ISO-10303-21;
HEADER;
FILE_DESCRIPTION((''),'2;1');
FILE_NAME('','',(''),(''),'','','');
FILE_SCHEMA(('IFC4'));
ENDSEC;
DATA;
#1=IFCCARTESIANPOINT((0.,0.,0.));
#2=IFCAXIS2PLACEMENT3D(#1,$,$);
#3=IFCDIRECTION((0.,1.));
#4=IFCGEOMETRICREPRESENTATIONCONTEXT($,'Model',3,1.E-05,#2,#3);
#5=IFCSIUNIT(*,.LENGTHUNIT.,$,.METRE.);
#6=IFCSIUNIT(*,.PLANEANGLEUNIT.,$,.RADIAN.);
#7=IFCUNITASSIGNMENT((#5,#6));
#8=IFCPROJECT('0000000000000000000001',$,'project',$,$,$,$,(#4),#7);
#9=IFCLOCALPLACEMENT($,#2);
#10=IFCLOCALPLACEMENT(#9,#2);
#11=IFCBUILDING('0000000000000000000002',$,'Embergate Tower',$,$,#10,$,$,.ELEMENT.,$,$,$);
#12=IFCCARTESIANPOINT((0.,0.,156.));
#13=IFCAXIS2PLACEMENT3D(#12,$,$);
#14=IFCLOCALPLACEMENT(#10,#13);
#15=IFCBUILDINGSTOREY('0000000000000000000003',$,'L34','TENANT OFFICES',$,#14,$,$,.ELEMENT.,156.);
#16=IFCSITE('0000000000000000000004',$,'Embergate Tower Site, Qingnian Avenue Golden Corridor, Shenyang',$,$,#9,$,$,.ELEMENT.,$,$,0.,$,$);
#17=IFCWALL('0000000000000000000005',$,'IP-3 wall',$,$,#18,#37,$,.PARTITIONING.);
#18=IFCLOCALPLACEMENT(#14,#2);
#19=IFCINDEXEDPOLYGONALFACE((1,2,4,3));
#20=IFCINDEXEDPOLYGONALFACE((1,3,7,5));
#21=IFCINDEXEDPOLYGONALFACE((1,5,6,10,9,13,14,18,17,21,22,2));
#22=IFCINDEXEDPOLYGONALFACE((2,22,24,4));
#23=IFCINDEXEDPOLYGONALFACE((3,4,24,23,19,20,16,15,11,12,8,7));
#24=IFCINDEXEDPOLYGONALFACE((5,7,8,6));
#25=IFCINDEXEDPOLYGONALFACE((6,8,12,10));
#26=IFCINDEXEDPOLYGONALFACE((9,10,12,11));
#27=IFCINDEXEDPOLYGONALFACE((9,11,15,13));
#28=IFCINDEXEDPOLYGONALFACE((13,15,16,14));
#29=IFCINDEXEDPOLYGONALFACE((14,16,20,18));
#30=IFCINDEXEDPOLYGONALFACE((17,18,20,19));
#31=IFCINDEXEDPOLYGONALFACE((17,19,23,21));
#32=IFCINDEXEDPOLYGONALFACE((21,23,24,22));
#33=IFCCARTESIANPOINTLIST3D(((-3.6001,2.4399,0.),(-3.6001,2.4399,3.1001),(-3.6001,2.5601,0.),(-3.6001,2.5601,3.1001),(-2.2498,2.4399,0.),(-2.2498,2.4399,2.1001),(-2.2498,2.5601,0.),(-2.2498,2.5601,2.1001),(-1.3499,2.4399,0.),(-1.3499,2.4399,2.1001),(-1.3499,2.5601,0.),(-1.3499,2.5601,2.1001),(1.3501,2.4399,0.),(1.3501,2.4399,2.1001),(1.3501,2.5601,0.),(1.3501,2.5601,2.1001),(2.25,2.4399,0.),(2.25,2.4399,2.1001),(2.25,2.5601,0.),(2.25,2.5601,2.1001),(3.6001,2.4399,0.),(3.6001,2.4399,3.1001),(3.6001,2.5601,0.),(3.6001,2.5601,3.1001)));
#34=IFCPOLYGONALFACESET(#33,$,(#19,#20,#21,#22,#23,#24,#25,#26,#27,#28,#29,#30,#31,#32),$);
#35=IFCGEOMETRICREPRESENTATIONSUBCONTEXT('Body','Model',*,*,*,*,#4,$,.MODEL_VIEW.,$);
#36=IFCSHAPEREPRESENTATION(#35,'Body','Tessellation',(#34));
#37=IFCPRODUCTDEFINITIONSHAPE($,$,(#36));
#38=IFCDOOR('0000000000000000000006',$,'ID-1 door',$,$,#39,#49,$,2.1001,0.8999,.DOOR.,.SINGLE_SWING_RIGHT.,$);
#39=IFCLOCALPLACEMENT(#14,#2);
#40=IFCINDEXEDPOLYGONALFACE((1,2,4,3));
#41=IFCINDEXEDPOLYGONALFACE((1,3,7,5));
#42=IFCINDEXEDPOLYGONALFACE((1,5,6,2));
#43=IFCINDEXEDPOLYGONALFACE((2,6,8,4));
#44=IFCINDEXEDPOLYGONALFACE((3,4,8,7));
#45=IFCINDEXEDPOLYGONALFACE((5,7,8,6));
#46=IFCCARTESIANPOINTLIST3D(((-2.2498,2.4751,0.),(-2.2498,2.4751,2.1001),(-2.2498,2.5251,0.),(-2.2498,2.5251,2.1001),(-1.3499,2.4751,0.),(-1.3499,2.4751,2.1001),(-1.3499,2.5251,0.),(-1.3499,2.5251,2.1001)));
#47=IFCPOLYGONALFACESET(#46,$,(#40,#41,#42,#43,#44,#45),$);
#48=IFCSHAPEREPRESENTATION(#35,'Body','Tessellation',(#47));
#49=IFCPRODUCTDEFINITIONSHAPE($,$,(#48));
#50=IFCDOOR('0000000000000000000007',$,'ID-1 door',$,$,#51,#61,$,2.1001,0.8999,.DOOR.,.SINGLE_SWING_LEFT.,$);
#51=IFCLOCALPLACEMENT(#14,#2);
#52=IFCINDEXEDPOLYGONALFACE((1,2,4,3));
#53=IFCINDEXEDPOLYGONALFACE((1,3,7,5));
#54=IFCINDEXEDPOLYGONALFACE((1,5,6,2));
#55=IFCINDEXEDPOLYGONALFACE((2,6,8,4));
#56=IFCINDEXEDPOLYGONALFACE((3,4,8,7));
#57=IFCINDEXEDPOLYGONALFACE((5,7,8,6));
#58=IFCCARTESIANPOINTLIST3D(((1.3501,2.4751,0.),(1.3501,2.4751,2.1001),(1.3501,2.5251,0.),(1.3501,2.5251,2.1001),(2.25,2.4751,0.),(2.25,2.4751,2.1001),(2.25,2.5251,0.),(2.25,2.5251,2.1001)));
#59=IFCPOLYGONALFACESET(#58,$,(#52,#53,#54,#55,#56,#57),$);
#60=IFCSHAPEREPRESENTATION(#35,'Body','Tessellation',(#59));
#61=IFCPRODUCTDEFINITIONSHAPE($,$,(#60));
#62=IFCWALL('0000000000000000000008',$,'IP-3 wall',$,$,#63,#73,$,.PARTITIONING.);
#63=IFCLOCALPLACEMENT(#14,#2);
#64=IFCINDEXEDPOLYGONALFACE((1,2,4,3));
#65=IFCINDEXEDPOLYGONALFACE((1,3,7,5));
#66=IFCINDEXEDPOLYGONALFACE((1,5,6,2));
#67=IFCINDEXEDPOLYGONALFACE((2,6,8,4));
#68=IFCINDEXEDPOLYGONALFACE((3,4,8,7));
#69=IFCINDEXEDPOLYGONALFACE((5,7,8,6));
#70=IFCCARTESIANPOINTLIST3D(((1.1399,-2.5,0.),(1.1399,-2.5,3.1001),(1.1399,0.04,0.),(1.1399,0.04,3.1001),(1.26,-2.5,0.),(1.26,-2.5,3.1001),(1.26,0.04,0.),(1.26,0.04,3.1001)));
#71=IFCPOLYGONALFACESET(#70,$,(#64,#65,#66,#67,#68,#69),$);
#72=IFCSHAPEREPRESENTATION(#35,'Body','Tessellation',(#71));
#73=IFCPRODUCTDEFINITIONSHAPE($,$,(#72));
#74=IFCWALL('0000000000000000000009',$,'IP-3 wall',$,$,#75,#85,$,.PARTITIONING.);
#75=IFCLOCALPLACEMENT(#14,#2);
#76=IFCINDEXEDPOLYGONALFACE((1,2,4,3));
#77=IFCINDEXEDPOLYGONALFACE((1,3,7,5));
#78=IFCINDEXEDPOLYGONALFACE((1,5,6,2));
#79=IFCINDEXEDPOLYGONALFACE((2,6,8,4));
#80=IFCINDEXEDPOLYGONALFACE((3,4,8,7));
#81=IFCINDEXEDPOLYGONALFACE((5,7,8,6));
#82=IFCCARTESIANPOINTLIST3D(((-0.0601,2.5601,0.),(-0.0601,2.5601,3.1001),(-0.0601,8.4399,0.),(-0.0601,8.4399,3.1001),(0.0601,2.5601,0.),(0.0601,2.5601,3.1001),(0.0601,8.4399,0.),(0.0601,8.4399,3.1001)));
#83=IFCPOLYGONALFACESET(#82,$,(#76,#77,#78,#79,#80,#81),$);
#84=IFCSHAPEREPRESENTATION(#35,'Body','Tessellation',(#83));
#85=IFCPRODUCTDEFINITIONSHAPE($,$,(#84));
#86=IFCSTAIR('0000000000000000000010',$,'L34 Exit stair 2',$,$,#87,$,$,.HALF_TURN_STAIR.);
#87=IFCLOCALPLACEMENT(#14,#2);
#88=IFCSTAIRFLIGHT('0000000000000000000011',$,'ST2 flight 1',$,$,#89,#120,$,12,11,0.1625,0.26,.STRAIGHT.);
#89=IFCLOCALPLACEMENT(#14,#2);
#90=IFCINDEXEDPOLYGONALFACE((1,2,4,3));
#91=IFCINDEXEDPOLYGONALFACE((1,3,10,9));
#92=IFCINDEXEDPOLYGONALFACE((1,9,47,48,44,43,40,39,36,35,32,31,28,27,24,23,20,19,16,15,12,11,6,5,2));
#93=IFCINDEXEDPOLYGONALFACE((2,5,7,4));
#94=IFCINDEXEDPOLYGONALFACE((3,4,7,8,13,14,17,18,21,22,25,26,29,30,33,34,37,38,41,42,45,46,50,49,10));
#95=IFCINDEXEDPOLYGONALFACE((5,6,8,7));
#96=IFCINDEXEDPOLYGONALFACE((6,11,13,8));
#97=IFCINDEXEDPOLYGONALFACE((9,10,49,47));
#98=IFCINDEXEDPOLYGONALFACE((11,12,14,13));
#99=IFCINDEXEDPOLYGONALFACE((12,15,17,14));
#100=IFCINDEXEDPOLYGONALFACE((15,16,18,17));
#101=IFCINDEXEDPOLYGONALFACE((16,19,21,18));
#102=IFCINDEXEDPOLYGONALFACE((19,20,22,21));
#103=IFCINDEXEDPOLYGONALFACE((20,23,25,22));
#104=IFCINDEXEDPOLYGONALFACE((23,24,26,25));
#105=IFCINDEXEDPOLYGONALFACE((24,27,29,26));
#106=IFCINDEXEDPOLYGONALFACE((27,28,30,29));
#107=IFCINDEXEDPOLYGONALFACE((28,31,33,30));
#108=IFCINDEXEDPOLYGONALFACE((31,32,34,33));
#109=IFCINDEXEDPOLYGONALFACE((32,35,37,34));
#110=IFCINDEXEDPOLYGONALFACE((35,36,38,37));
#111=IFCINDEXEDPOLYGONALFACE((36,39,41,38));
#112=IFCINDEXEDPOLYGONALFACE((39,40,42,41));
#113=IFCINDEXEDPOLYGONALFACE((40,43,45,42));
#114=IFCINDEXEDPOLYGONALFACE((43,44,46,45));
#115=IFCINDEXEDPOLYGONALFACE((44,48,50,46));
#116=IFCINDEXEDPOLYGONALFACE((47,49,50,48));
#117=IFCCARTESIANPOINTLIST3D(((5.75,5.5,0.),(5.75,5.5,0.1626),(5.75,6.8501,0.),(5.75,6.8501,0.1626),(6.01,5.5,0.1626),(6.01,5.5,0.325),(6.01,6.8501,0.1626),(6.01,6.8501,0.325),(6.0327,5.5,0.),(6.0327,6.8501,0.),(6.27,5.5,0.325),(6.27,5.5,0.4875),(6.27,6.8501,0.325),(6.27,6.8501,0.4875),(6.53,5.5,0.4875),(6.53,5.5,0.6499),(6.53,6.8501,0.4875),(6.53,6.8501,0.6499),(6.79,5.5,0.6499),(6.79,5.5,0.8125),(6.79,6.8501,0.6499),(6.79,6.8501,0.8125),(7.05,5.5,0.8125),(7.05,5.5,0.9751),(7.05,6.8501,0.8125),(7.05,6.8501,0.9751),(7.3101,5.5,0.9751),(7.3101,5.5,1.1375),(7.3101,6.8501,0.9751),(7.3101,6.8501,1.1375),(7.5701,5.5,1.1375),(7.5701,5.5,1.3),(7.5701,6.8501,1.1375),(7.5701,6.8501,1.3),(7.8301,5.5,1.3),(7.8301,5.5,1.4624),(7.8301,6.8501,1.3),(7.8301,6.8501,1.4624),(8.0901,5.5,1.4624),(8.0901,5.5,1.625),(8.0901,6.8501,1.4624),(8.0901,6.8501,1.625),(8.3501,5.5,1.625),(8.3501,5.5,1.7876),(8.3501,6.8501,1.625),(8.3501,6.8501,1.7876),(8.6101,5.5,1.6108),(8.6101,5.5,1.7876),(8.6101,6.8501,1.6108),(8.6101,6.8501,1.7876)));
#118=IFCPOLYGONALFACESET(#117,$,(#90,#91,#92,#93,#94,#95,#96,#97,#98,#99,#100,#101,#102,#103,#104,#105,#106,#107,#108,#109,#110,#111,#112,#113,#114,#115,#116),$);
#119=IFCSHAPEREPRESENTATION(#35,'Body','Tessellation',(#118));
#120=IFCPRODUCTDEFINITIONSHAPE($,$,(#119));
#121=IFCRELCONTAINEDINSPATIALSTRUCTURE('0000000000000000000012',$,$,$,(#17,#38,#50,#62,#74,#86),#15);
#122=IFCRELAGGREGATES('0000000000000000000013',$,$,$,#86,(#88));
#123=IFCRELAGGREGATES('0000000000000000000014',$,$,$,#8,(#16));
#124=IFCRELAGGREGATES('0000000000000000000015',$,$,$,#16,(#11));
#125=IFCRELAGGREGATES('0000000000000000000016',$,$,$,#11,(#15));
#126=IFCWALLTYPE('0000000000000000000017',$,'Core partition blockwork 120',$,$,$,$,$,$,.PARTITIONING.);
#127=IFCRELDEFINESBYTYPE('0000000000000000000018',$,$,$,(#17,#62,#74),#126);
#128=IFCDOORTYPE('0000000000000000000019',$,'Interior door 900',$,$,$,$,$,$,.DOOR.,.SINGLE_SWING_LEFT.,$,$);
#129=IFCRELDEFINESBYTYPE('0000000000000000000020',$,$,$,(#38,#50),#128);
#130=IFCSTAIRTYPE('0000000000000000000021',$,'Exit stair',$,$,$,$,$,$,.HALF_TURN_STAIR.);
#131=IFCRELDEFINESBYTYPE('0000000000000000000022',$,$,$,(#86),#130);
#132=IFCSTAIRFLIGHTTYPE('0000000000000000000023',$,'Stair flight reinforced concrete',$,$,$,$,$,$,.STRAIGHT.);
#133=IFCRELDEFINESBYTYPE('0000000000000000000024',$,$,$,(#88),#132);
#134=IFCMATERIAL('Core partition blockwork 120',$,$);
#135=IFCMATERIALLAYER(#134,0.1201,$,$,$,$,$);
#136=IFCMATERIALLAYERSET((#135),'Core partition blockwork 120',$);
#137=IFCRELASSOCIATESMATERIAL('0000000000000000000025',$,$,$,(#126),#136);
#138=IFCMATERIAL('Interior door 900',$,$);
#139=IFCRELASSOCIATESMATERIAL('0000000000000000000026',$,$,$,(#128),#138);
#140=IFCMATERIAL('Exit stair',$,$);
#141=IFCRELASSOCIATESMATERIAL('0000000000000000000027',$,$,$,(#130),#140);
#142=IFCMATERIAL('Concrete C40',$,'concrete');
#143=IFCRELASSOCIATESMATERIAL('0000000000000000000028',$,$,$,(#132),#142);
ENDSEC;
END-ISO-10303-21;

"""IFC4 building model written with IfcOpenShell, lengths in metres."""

from ifc_helpers import new_model, si_unit, direction, frame, frame_2d, origin, place, context, subcontext, project, spatial, polyline, rectangle, outline, extrude, source, transform, mapped, material, layer, layer_set, type_object, element, fill, aggregate, save


model = new_model("IFC4")

# Units and contexts
model_context = context("Model", 3, precision=1e-05, world=origin(), true_north=direction((0.0, 1.0)))
body_context = subcontext(model_context, "Body", "Model", "MODEL_VIEW")
ifc_project = project(units=[si_unit("LENGTHUNIT", "METRE"), si_unit("PLANEANGLEUNIT", "RADIAN")], contexts=[model_context])

# Site, building, storey
site_placement = place(None, origin())
site = spatial("IfcSite", under=ifc_project, at=site_placement, Name="Embergate Tower Site, Qingnian Avenue Golden Corridor, Shenyang", CompositionType="ELEMENT", RefElevation=0.0)
building_placement = place(site_placement, origin())
building = spatial("IfcBuilding", under=site, at=building_placement, Name="Embergate Tower", CompositionType="ELEMENT")
storey_placement = place(building_placement, frame((0.0, 0.0, 156.0)))
storey = spatial("IfcBuildingStorey", under=building, at=storey_placement, Name="L34", Description="TENANT OFFICES", CompositionType="ELEMENT", Elevation=156.0)

# Shared definitions
ifc_material_1 = material(Name="Core partition blockwork 120")
ifc_layer_1 = layer(ifc_material_1, 0.1201)
ifc_layer_set_1 = layer_set([ifc_layer_1], Name="Core partition blockwork 120")
wall_type_1 = type_object("IfcWallType", Name="Core partition blockwork 120", PredefinedType="PARTITIONING", material=ifc_layer_set_1)

# Wall, openings, doors
shared_shape_1 = source(origin(), body_context, "Body", "SweptSolid", [
    extrude(rectangle(XDim=7.2002, YDim=0.1201, at=frame_2d((3.6001, 0.0))), origin(), (0.0, 0.0, 1.0), 3.1001),
])
wall_1_placement = place(storey_placement, frame((3.6001, 2.5, 0.0), z_axis=(0.0, 0.0, 1.0), x_axis=(-1.0, 0.0, 0.0)))
wall_1 = element("IfcWall", 1, at=wall_1_placement, inside=storey, type_object=wall_type_1, Name="IP-3 wall", PredefinedType="PARTITIONING", context=body_context, shape_type="MappedRepresentation", body=[
    mapped(shared_shape_1, transform((0.0, 0.0, 0.0))),
])
shared_shape_2 = source(origin(), body_context, "Body", "SweptSolid", [
    extrude(rectangle(XDim=0.8999, YDim=2.1001, at=frame_2d((0.45, 1.05))), frame((0.0, 0.0701, 0.0), z_axis=(0.0, -1.0, 0.0), x_axis=(1.0, 0.0, 0.0)), (0.0, 0.0, 1.0), 0.1401),
])
opening_1_placement = place(wall_1_placement, frame((4.95, 0.0, 0.0)))
opening_1 = element("IfcOpeningElement", 2, at=opening_1_placement, cuts=wall_1, PredefinedType="OPENING", context=body_context, shape_type="MappedRepresentation", body=[
    mapped(shared_shape_2, transform((0.0, 0.0, 0.0))),
])
opening_2_placement = place(wall_1_placement, frame((1.3501, 0.0, 0.0)))
opening_2 = element("IfcOpeningElement", 3, at=opening_2_placement, cuts=wall_1, PredefinedType="OPENING", context=body_context, shape_type="MappedRepresentation", body=[
    mapped(shared_shape_2, transform((0.0, 0.0, 0.0))),
])
ifc_material_2 = material(Name="Interior door 900")
door_type_1 = type_object("IfcDoorType", Name="Interior door 900", OperationType="SINGLE_SWING_LEFT", PredefinedType="DOOR", material=ifc_material_2)
shared_shape_3 = source(origin(), body_context, "Body", "SweptSolid", [
    extrude(rectangle(XDim=0.8999, YDim=2.1001, at=frame_2d((0.45, 1.05))), frame((0.0, 0.0249, 0.0), z_axis=(0.0, -1.0, 0.0), x_axis=(1.0, 0.0, 0.0)), (0.0, 0.0, 1.0), 0.05),
])
door_1_placement = place(opening_1_placement, origin())
door_1 = element("IfcDoor", 4, at=door_1_placement, inside=storey, type_object=door_type_1, Name="ID-1 door", OperationType="SINGLE_SWING_RIGHT", OverallHeight=2.1001, OverallWidth=0.8999, PredefinedType="DOOR", context=body_context, shape_type="MappedRepresentation", body=[
    mapped(shared_shape_3, transform((0.0, 0.0, 0.0))),
])
fill(opening_1, door_1)
door_2_placement = place(opening_2_placement, origin())
door_2 = element("IfcDoor", 5, at=door_2_placement, inside=storey, type_object=door_type_1, Name="ID-1 door", OperationType="SINGLE_SWING_LEFT", OverallHeight=2.1001, OverallWidth=0.8999, PredefinedType="DOOR", context=body_context, shape_type="MappedRepresentation", body=[
    mapped(shared_shape_3, transform((0.0, 0.0, 0.0))),
])
fill(opening_2, door_2)

# Walls
shared_shape_4 = source(origin(), body_context, "Body", "SweptSolid", [
    extrude(rectangle(XDim=2.54, YDim=0.1201, at=frame_2d((1.27, 0.0))), origin(), (0.0, 0.0, 1.0), 3.1001),
])
wall_2_placement = place(storey_placement, frame((1.2, 0.04, 0.0), z_axis=(0.0, 0.0, 1.0), x_axis=(0.0, -1.0, 0.0)))
element("IfcWall", 6, at=wall_2_placement, inside=storey, type_object=wall_type_1, Name="IP-3 wall", PredefinedType="PARTITIONING", context=body_context, shape_type="MappedRepresentation", body=[
    mapped(shared_shape_4, transform((0.0, 0.0, 0.0))),
])
shared_shape_5 = source(origin(), body_context, "Body", "SweptSolid", [
    extrude(rectangle(XDim=5.8799, YDim=0.1201, at=frame_2d((2.9399, 0.0))), origin(), (0.0, 0.0, 1.0), 3.1001),
])
wall_3_placement = place(storey_placement, frame((0.0, 2.5601, 0.0), z_axis=(0.0, 0.0, 1.0), x_axis=(0.0, 1.0, 0.0)))
element("IfcWall", 7, at=wall_3_placement, inside=storey, type_object=wall_type_1, Name="IP-3 wall", PredefinedType="PARTITIONING", context=body_context, shape_type="MappedRepresentation", body=[
    mapped(shared_shape_5, transform((0.0, 0.0, 0.0))),
])

# Stair, stair flight
ifc_material_3 = material(Name="Exit stair")
stair_type = type_object("IfcStairType", Name="Exit stair", PredefinedType="HALF_TURN_STAIR", material=ifc_material_3)
stair_placement = place(storey_placement, origin())
stair = element("IfcStair", 8, at=stair_placement, inside=storey, type_object=stair_type, Name="L34 Exit stair 2", PredefinedType="HALF_TURN_STAIR")
ifc_material_4 = material(Name="Concrete C40", Category="concrete")
stair_flight_type = type_object("IfcStairFlightType", Name="Stair flight reinforced concrete", PredefinedType="STRAIGHT", material=ifc_material_4)
shared_shape_6 = source(origin(), body_context, "Body", "SweptSolid", [
    extrude(outline(polyline([(0.0, 0.0), (0.0, 0.1626), (0.26, 0.1626), (0.26, 0.325), (0.52, 0.325), (0.52, 0.4875), (0.78, 0.4875), (0.78, 0.6499), (1.04, 0.6499), (1.04, 0.8125), (1.3, 0.8125), (1.3, 0.9751), (1.5601, 0.9751), (1.5601, 1.1375), (1.8201, 1.1375), (1.8201, 1.3), (2.0801, 1.3), (2.0801, 1.4624), (2.3401, 1.4624), (2.3401, 1.625), (2.6001, 1.625), (2.6001, 1.7876), (2.8601, 1.7876), (2.8601, 1.95), (2.8601, 1.6108), (0.2827, 0.0), (0.0, 0.0)])), frame((0.0, 0.675, 0.0), z_axis=(0.0, -1.0, 0.0), x_axis=(1.0, 0.0, 0.0)), (0.0, 0.0, 1.0), 1.3501),
])
stair_flight_placement = place(storey_placement, frame((5.75, 6.175, 0.0), z_axis=(0.0, 0.0, 1.0), x_axis=(1.0, 0.0, 0.0)))
stair_flight = element("IfcStairFlight", 9, at=stair_flight_placement, type_object=stair_flight_type, Name="ST2 flight 1", NumberOfRisers=12, NumberOfTreads=11, PredefinedType="STRAIGHT", RiserHeight=0.1625, TreadLength=0.26, context=body_context, shape_type="MappedRepresentation", body=[
    mapped(shared_shape_6, transform((0.0, 0.0, 0.0))),
])
aggregate(stair, [stair_flight])

save(model, "model.ifc")
